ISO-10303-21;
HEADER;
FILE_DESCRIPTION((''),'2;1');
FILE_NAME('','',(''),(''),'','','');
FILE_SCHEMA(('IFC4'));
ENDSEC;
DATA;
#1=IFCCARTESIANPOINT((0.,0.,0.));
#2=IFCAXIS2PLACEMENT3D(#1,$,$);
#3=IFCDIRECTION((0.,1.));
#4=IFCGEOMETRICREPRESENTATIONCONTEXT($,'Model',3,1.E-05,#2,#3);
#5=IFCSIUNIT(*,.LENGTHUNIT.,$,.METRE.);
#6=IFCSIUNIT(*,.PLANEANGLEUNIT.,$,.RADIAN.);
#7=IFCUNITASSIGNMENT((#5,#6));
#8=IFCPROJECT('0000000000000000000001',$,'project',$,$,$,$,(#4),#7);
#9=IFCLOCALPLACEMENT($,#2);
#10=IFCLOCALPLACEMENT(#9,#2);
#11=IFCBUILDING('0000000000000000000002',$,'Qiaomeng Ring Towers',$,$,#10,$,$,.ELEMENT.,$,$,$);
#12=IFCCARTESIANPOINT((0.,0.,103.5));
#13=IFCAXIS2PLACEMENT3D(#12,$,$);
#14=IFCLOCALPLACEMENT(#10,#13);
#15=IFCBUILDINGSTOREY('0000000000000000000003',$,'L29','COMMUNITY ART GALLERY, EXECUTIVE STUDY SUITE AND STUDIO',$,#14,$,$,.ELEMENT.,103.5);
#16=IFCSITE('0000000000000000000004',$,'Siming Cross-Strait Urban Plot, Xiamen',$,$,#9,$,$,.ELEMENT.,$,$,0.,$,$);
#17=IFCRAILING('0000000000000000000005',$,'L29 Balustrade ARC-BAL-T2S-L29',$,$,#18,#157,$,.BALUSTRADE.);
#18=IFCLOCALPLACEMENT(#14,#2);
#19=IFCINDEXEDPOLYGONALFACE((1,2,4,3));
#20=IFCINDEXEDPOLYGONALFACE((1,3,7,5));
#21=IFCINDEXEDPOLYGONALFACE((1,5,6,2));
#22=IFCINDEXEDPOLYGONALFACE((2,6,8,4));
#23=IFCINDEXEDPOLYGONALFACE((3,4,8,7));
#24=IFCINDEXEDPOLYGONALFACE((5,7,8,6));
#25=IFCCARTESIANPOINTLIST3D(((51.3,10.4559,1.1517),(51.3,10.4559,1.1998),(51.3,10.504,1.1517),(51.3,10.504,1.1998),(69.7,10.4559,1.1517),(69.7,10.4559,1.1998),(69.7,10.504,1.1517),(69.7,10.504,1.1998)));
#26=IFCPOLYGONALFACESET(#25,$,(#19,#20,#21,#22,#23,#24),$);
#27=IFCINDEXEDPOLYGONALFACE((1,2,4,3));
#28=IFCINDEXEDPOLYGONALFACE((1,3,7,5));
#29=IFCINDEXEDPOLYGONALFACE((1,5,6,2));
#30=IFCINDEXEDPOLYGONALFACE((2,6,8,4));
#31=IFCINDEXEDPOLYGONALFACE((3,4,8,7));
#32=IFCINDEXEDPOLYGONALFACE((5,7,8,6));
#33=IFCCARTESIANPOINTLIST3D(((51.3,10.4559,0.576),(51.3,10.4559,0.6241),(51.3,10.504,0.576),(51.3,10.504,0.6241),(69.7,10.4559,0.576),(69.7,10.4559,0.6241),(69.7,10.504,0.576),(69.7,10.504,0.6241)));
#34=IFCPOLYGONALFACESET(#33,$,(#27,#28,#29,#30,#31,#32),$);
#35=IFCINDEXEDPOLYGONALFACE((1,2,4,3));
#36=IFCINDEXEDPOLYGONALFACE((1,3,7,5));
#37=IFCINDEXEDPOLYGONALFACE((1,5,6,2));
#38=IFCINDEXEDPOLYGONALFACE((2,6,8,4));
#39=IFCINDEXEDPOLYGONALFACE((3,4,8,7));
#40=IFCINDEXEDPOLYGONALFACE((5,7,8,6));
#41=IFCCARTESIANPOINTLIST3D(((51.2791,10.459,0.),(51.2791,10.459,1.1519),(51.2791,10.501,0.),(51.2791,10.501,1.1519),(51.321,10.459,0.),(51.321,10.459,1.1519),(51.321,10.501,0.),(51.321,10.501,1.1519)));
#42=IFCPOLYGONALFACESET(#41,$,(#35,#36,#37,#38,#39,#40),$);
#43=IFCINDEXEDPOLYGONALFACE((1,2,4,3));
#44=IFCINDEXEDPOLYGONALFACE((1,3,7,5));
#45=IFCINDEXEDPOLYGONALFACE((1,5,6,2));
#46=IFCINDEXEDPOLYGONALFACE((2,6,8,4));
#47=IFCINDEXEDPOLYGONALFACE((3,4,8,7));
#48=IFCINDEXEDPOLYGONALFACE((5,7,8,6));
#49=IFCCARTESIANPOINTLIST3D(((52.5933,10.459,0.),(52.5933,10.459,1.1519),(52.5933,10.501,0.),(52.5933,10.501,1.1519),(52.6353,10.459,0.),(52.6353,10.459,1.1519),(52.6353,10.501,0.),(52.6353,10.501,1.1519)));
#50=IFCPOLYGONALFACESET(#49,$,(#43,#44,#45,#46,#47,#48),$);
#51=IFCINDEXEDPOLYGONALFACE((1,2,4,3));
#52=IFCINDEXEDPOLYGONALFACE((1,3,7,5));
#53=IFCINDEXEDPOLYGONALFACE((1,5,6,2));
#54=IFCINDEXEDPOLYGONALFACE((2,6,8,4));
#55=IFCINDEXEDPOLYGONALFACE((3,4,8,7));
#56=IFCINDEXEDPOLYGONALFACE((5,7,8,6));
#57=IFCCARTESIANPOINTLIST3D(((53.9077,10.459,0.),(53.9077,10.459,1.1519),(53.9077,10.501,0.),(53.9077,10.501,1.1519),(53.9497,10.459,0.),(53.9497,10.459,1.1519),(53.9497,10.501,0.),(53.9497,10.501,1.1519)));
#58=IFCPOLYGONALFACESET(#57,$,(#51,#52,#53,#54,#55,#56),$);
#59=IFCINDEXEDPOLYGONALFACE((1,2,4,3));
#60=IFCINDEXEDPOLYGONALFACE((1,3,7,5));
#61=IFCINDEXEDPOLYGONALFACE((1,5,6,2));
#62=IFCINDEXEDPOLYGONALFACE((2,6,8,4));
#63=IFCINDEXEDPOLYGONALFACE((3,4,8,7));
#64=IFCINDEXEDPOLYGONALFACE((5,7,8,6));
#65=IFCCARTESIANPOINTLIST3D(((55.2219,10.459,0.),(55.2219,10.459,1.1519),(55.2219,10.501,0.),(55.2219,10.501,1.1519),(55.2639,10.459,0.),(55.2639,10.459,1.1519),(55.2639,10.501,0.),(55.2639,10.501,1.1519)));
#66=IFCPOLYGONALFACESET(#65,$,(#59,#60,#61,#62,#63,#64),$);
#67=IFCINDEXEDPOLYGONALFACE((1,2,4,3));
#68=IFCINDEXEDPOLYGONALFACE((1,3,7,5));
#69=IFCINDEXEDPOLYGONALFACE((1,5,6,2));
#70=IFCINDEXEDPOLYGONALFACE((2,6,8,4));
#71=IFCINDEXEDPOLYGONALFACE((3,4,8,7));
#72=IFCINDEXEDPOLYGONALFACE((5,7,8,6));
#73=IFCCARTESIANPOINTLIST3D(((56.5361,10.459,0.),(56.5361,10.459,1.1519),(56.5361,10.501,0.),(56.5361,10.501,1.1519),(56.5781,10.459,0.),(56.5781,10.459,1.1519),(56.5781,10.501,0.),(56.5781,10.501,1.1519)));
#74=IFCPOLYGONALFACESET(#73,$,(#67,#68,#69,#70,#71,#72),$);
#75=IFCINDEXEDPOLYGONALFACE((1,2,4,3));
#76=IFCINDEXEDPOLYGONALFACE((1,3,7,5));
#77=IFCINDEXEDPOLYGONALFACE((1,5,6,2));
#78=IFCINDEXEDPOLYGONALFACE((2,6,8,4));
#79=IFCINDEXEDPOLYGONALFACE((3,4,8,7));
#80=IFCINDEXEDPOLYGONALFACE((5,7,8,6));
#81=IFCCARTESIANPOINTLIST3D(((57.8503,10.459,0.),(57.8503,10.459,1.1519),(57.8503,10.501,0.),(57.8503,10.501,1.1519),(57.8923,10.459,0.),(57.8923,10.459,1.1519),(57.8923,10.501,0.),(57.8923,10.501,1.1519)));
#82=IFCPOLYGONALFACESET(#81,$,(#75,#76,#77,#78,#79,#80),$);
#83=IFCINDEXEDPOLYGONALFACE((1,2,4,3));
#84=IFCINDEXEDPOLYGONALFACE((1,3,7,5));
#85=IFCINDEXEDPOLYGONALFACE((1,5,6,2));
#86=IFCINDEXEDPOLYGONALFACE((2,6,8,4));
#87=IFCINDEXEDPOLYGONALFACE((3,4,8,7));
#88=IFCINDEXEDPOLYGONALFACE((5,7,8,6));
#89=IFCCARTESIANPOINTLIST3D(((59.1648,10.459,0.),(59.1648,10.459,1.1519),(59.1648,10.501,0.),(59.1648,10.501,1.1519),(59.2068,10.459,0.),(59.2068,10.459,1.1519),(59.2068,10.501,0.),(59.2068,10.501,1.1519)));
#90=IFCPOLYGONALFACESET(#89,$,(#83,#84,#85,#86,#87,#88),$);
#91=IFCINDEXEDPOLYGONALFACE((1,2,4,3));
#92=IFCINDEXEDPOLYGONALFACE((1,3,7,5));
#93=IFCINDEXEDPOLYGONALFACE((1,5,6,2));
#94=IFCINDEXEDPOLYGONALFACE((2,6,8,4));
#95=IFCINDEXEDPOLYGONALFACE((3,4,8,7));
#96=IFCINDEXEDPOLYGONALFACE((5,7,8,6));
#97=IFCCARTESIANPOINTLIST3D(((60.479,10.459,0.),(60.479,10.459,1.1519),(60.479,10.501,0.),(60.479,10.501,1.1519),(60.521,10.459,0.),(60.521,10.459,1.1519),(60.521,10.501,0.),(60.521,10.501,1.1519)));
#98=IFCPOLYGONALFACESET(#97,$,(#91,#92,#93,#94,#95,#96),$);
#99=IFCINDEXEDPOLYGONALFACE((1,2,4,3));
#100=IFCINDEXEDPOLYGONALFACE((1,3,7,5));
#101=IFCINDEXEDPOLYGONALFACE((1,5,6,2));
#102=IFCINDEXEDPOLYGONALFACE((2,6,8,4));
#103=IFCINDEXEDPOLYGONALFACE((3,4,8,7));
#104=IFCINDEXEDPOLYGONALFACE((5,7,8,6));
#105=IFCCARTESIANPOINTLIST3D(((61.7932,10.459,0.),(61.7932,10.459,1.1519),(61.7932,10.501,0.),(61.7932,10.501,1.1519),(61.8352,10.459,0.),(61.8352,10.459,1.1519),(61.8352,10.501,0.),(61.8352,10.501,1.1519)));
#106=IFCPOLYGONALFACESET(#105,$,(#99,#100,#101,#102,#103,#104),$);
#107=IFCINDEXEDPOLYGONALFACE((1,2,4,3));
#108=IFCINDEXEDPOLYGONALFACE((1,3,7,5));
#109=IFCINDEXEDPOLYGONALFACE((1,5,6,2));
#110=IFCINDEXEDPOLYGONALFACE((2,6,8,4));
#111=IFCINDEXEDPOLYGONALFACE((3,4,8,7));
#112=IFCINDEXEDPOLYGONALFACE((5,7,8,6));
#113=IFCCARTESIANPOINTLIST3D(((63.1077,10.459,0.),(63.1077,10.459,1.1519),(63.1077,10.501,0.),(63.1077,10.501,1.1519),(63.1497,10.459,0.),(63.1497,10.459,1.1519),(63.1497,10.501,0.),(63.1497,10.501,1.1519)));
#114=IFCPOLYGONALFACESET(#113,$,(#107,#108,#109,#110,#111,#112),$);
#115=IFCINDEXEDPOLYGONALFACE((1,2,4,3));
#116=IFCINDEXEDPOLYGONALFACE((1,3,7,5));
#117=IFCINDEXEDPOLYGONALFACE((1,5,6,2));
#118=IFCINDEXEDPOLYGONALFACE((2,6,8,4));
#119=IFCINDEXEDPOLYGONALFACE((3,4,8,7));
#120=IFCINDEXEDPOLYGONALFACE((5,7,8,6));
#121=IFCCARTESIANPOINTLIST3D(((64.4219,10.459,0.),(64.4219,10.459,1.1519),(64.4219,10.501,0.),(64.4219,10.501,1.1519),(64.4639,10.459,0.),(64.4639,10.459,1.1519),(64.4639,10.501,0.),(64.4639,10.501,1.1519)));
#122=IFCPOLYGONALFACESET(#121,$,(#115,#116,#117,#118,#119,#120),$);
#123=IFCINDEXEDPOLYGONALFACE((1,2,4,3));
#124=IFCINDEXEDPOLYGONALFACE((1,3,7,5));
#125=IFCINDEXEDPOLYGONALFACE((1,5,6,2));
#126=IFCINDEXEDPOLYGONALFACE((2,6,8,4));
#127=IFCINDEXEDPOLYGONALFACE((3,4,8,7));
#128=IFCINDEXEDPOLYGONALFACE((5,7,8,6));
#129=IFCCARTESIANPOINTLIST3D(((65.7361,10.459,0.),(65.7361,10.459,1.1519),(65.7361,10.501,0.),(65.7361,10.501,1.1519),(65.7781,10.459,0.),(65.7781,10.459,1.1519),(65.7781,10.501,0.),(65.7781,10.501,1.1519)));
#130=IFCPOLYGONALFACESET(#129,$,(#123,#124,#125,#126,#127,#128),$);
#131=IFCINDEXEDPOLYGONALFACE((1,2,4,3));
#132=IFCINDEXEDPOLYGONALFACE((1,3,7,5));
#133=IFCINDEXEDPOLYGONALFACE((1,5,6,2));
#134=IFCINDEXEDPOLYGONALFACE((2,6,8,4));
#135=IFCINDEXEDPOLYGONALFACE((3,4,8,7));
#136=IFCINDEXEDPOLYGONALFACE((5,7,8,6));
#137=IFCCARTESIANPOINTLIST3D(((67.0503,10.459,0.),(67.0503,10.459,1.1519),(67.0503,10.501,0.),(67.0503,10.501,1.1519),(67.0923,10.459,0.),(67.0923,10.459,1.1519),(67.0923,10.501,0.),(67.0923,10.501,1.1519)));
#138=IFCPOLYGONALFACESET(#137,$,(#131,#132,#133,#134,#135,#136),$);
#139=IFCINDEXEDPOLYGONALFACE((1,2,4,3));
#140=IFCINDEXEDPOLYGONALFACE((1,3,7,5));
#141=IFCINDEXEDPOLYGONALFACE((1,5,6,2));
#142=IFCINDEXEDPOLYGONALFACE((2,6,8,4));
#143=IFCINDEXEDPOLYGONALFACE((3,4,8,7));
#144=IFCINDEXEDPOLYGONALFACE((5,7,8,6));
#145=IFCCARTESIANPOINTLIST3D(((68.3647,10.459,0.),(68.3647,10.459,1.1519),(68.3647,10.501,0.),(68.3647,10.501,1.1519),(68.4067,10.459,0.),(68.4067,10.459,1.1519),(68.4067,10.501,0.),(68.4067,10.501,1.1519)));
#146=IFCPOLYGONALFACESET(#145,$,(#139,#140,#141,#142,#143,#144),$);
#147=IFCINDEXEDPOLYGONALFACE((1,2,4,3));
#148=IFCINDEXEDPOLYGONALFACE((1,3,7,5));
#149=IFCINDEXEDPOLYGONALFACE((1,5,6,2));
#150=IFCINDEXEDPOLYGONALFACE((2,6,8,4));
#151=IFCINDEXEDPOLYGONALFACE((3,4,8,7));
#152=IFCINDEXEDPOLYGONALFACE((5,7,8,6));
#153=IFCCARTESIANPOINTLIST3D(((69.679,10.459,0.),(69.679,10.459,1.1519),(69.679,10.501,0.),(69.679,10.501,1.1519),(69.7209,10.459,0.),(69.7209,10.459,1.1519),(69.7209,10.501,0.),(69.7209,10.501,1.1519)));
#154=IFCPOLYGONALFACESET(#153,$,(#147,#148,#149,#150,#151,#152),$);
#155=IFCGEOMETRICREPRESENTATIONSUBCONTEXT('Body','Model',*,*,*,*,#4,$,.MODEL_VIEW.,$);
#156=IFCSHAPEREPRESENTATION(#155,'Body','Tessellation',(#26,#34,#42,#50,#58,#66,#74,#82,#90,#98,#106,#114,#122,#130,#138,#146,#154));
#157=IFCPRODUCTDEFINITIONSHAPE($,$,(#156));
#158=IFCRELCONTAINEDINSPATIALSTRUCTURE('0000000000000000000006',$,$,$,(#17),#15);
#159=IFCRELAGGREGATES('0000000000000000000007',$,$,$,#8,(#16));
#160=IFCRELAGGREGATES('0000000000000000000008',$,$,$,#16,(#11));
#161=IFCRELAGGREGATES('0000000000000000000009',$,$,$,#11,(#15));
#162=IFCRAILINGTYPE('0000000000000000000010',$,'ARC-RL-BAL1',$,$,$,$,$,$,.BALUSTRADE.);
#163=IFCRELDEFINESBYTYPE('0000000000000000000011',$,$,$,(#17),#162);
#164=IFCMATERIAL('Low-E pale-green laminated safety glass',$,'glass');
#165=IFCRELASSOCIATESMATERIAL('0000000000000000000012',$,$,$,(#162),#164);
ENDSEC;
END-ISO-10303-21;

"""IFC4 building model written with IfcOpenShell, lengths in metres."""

from ifc_helpers import new_model, si_unit, direction, frame, origin, origin_2d, place, context, subcontext, project, spatial, rectangle, extrude, material, type_object, element, save


model = new_model("IFC4")

# Units and contexts
model_context = context("Model", 3, precision=1e-05, world=origin(), true_north=direction((0.0, 1.0)))
body_context = subcontext(model_context, "Body", "Model", "MODEL_VIEW")
ifc_project = project(units=[si_unit("LENGTHUNIT", "METRE"), si_unit("PLANEANGLEUNIT", "RADIAN")], contexts=[model_context])

# Site, building, storey
site_placement = place(None, origin())
site = spatial("IfcSite", under=ifc_project, at=site_placement, Name="Siming Cross-Strait Urban Plot, Xiamen", CompositionType="ELEMENT", RefElevation=0.0)
building_placement = place(site_placement, origin())
building = spatial("IfcBuilding", under=site, at=building_placement, Name="Qiaomeng Ring Towers", CompositionType="ELEMENT")
storey_placement = place(building_placement, frame((0.0, 0.0, 103.5)))
storey = spatial("IfcBuildingStorey", under=building, at=storey_placement, Name="L29", Description="COMMUNITY ART GALLERY, EXECUTIVE STUDY SUITE AND STUDIO", CompositionType="ELEMENT", Elevation=103.5)

# Railing
ifc_material_1 = material(Name="Low-E pale-green laminated safety glass", Category="glass")
railing_type = type_object("IfcRailingType", Name="ARC-RL-BAL1", PredefinedType="BALUSTRADE", material=ifc_material_1)
railing_1_placement = place(storey_placement, frame((51.3, 10.48, 0.0)))
element("IfcRailing", 1, at=railing_1_placement, inside=storey, type_object=railing_type, Name="L29 Balustrade ARC-BAL-T2S-L29", PredefinedType="BALUSTRADE", context=body_context, shape_type="SweptSolid", body=[
    extrude(rectangle(XDim=0.0481, YDim=0.0481, at=origin_2d()), frame((0.0, 0.0, 1.1758), z_axis=(1.0, 0.0, 0.0), x_axis=(0.0, 1.0, 0.0)), (0.0, 0.0, 1.0), 18.3999),
    extrude(rectangle(XDim=0.0481, YDim=0.0481, at=origin_2d()), frame((0.0, 0.0, 0.6001), z_axis=(1.0, 0.0, 0.0), x_axis=(0.0, 1.0, 0.0)), (0.0, 0.0, 1.0), 18.3999),
    extrude(rectangle(XDim=0.042, YDim=0.042, at=origin_2d()), origin(), (0.0, 0.0, 1.0), 1.1519),
    extrude(rectangle(XDim=0.042, YDim=0.042, at=origin_2d()), frame((1.3142, 0.0, 0.0)), (0.0, 0.0, 1.0), 1.1519),
    extrude(rectangle(XDim=0.042, YDim=0.042, at=origin_2d()), frame((2.6287, 0.0, 0.0)), (0.0, 0.0, 1.0), 1.1519),
    extrude(rectangle(XDim=0.042, YDim=0.042, at=origin_2d()), frame((3.9429, 0.0, 0.0)), (0.0, 0.0, 1.0), 1.1519),
    extrude(rectangle(XDim=0.042, YDim=0.042, at=origin_2d()), frame((5.2571, 0.0, 0.0)), (0.0, 0.0, 1.0), 1.1519),
    extrude(rectangle(XDim=0.042, YDim=0.042, at=origin_2d()), frame((6.5713, 0.0, 0.0)), (0.0, 0.0, 1.0), 1.1519),
    extrude(rectangle(XDim=0.042, YDim=0.042, at=origin_2d()), frame((7.8857, 0.0, 0.0)), (0.0, 0.0, 1.0), 1.1519),
    extrude(rectangle(XDim=0.042, YDim=0.042, at=origin_2d()), frame((9.2, 0.0, 0.0)), (0.0, 0.0, 1.0), 1.1519),
    extrude(rectangle(XDim=0.042, YDim=0.042, at=origin_2d()), frame((10.5142, 0.0, 0.0)), (0.0, 0.0, 1.0), 1.1519),
    extrude(rectangle(XDim=0.042, YDim=0.042, at=origin_2d()), frame((11.8286, 0.0, 0.0)), (0.0, 0.0, 1.0), 1.1519),
    extrude(rectangle(XDim=0.042, YDim=0.042, at=origin_2d()), frame((13.1428, 0.0, 0.0)), (0.0, 0.0, 1.0), 1.1519),
    extrude(rectangle(XDim=0.042, YDim=0.042, at=origin_2d()), frame((14.457, 0.0, 0.0)), (0.0, 0.0, 1.0), 1.1519),
    extrude(rectangle(XDim=0.042, YDim=0.042, at=origin_2d()), frame((15.7712, 0.0, 0.0)), (0.0, 0.0, 1.0), 1.1519),
    extrude(rectangle(XDim=0.042, YDim=0.042, at=origin_2d()), frame((17.0857, 0.0, 0.0)), (0.0, 0.0, 1.0), 1.1519),
    extrude(rectangle(XDim=0.042, YDim=0.042, at=origin_2d()), frame((18.3999, 0.0, 0.0)), (0.0, 0.0, 1.0), 1.1519),
])

save(model, "model.ifc")
